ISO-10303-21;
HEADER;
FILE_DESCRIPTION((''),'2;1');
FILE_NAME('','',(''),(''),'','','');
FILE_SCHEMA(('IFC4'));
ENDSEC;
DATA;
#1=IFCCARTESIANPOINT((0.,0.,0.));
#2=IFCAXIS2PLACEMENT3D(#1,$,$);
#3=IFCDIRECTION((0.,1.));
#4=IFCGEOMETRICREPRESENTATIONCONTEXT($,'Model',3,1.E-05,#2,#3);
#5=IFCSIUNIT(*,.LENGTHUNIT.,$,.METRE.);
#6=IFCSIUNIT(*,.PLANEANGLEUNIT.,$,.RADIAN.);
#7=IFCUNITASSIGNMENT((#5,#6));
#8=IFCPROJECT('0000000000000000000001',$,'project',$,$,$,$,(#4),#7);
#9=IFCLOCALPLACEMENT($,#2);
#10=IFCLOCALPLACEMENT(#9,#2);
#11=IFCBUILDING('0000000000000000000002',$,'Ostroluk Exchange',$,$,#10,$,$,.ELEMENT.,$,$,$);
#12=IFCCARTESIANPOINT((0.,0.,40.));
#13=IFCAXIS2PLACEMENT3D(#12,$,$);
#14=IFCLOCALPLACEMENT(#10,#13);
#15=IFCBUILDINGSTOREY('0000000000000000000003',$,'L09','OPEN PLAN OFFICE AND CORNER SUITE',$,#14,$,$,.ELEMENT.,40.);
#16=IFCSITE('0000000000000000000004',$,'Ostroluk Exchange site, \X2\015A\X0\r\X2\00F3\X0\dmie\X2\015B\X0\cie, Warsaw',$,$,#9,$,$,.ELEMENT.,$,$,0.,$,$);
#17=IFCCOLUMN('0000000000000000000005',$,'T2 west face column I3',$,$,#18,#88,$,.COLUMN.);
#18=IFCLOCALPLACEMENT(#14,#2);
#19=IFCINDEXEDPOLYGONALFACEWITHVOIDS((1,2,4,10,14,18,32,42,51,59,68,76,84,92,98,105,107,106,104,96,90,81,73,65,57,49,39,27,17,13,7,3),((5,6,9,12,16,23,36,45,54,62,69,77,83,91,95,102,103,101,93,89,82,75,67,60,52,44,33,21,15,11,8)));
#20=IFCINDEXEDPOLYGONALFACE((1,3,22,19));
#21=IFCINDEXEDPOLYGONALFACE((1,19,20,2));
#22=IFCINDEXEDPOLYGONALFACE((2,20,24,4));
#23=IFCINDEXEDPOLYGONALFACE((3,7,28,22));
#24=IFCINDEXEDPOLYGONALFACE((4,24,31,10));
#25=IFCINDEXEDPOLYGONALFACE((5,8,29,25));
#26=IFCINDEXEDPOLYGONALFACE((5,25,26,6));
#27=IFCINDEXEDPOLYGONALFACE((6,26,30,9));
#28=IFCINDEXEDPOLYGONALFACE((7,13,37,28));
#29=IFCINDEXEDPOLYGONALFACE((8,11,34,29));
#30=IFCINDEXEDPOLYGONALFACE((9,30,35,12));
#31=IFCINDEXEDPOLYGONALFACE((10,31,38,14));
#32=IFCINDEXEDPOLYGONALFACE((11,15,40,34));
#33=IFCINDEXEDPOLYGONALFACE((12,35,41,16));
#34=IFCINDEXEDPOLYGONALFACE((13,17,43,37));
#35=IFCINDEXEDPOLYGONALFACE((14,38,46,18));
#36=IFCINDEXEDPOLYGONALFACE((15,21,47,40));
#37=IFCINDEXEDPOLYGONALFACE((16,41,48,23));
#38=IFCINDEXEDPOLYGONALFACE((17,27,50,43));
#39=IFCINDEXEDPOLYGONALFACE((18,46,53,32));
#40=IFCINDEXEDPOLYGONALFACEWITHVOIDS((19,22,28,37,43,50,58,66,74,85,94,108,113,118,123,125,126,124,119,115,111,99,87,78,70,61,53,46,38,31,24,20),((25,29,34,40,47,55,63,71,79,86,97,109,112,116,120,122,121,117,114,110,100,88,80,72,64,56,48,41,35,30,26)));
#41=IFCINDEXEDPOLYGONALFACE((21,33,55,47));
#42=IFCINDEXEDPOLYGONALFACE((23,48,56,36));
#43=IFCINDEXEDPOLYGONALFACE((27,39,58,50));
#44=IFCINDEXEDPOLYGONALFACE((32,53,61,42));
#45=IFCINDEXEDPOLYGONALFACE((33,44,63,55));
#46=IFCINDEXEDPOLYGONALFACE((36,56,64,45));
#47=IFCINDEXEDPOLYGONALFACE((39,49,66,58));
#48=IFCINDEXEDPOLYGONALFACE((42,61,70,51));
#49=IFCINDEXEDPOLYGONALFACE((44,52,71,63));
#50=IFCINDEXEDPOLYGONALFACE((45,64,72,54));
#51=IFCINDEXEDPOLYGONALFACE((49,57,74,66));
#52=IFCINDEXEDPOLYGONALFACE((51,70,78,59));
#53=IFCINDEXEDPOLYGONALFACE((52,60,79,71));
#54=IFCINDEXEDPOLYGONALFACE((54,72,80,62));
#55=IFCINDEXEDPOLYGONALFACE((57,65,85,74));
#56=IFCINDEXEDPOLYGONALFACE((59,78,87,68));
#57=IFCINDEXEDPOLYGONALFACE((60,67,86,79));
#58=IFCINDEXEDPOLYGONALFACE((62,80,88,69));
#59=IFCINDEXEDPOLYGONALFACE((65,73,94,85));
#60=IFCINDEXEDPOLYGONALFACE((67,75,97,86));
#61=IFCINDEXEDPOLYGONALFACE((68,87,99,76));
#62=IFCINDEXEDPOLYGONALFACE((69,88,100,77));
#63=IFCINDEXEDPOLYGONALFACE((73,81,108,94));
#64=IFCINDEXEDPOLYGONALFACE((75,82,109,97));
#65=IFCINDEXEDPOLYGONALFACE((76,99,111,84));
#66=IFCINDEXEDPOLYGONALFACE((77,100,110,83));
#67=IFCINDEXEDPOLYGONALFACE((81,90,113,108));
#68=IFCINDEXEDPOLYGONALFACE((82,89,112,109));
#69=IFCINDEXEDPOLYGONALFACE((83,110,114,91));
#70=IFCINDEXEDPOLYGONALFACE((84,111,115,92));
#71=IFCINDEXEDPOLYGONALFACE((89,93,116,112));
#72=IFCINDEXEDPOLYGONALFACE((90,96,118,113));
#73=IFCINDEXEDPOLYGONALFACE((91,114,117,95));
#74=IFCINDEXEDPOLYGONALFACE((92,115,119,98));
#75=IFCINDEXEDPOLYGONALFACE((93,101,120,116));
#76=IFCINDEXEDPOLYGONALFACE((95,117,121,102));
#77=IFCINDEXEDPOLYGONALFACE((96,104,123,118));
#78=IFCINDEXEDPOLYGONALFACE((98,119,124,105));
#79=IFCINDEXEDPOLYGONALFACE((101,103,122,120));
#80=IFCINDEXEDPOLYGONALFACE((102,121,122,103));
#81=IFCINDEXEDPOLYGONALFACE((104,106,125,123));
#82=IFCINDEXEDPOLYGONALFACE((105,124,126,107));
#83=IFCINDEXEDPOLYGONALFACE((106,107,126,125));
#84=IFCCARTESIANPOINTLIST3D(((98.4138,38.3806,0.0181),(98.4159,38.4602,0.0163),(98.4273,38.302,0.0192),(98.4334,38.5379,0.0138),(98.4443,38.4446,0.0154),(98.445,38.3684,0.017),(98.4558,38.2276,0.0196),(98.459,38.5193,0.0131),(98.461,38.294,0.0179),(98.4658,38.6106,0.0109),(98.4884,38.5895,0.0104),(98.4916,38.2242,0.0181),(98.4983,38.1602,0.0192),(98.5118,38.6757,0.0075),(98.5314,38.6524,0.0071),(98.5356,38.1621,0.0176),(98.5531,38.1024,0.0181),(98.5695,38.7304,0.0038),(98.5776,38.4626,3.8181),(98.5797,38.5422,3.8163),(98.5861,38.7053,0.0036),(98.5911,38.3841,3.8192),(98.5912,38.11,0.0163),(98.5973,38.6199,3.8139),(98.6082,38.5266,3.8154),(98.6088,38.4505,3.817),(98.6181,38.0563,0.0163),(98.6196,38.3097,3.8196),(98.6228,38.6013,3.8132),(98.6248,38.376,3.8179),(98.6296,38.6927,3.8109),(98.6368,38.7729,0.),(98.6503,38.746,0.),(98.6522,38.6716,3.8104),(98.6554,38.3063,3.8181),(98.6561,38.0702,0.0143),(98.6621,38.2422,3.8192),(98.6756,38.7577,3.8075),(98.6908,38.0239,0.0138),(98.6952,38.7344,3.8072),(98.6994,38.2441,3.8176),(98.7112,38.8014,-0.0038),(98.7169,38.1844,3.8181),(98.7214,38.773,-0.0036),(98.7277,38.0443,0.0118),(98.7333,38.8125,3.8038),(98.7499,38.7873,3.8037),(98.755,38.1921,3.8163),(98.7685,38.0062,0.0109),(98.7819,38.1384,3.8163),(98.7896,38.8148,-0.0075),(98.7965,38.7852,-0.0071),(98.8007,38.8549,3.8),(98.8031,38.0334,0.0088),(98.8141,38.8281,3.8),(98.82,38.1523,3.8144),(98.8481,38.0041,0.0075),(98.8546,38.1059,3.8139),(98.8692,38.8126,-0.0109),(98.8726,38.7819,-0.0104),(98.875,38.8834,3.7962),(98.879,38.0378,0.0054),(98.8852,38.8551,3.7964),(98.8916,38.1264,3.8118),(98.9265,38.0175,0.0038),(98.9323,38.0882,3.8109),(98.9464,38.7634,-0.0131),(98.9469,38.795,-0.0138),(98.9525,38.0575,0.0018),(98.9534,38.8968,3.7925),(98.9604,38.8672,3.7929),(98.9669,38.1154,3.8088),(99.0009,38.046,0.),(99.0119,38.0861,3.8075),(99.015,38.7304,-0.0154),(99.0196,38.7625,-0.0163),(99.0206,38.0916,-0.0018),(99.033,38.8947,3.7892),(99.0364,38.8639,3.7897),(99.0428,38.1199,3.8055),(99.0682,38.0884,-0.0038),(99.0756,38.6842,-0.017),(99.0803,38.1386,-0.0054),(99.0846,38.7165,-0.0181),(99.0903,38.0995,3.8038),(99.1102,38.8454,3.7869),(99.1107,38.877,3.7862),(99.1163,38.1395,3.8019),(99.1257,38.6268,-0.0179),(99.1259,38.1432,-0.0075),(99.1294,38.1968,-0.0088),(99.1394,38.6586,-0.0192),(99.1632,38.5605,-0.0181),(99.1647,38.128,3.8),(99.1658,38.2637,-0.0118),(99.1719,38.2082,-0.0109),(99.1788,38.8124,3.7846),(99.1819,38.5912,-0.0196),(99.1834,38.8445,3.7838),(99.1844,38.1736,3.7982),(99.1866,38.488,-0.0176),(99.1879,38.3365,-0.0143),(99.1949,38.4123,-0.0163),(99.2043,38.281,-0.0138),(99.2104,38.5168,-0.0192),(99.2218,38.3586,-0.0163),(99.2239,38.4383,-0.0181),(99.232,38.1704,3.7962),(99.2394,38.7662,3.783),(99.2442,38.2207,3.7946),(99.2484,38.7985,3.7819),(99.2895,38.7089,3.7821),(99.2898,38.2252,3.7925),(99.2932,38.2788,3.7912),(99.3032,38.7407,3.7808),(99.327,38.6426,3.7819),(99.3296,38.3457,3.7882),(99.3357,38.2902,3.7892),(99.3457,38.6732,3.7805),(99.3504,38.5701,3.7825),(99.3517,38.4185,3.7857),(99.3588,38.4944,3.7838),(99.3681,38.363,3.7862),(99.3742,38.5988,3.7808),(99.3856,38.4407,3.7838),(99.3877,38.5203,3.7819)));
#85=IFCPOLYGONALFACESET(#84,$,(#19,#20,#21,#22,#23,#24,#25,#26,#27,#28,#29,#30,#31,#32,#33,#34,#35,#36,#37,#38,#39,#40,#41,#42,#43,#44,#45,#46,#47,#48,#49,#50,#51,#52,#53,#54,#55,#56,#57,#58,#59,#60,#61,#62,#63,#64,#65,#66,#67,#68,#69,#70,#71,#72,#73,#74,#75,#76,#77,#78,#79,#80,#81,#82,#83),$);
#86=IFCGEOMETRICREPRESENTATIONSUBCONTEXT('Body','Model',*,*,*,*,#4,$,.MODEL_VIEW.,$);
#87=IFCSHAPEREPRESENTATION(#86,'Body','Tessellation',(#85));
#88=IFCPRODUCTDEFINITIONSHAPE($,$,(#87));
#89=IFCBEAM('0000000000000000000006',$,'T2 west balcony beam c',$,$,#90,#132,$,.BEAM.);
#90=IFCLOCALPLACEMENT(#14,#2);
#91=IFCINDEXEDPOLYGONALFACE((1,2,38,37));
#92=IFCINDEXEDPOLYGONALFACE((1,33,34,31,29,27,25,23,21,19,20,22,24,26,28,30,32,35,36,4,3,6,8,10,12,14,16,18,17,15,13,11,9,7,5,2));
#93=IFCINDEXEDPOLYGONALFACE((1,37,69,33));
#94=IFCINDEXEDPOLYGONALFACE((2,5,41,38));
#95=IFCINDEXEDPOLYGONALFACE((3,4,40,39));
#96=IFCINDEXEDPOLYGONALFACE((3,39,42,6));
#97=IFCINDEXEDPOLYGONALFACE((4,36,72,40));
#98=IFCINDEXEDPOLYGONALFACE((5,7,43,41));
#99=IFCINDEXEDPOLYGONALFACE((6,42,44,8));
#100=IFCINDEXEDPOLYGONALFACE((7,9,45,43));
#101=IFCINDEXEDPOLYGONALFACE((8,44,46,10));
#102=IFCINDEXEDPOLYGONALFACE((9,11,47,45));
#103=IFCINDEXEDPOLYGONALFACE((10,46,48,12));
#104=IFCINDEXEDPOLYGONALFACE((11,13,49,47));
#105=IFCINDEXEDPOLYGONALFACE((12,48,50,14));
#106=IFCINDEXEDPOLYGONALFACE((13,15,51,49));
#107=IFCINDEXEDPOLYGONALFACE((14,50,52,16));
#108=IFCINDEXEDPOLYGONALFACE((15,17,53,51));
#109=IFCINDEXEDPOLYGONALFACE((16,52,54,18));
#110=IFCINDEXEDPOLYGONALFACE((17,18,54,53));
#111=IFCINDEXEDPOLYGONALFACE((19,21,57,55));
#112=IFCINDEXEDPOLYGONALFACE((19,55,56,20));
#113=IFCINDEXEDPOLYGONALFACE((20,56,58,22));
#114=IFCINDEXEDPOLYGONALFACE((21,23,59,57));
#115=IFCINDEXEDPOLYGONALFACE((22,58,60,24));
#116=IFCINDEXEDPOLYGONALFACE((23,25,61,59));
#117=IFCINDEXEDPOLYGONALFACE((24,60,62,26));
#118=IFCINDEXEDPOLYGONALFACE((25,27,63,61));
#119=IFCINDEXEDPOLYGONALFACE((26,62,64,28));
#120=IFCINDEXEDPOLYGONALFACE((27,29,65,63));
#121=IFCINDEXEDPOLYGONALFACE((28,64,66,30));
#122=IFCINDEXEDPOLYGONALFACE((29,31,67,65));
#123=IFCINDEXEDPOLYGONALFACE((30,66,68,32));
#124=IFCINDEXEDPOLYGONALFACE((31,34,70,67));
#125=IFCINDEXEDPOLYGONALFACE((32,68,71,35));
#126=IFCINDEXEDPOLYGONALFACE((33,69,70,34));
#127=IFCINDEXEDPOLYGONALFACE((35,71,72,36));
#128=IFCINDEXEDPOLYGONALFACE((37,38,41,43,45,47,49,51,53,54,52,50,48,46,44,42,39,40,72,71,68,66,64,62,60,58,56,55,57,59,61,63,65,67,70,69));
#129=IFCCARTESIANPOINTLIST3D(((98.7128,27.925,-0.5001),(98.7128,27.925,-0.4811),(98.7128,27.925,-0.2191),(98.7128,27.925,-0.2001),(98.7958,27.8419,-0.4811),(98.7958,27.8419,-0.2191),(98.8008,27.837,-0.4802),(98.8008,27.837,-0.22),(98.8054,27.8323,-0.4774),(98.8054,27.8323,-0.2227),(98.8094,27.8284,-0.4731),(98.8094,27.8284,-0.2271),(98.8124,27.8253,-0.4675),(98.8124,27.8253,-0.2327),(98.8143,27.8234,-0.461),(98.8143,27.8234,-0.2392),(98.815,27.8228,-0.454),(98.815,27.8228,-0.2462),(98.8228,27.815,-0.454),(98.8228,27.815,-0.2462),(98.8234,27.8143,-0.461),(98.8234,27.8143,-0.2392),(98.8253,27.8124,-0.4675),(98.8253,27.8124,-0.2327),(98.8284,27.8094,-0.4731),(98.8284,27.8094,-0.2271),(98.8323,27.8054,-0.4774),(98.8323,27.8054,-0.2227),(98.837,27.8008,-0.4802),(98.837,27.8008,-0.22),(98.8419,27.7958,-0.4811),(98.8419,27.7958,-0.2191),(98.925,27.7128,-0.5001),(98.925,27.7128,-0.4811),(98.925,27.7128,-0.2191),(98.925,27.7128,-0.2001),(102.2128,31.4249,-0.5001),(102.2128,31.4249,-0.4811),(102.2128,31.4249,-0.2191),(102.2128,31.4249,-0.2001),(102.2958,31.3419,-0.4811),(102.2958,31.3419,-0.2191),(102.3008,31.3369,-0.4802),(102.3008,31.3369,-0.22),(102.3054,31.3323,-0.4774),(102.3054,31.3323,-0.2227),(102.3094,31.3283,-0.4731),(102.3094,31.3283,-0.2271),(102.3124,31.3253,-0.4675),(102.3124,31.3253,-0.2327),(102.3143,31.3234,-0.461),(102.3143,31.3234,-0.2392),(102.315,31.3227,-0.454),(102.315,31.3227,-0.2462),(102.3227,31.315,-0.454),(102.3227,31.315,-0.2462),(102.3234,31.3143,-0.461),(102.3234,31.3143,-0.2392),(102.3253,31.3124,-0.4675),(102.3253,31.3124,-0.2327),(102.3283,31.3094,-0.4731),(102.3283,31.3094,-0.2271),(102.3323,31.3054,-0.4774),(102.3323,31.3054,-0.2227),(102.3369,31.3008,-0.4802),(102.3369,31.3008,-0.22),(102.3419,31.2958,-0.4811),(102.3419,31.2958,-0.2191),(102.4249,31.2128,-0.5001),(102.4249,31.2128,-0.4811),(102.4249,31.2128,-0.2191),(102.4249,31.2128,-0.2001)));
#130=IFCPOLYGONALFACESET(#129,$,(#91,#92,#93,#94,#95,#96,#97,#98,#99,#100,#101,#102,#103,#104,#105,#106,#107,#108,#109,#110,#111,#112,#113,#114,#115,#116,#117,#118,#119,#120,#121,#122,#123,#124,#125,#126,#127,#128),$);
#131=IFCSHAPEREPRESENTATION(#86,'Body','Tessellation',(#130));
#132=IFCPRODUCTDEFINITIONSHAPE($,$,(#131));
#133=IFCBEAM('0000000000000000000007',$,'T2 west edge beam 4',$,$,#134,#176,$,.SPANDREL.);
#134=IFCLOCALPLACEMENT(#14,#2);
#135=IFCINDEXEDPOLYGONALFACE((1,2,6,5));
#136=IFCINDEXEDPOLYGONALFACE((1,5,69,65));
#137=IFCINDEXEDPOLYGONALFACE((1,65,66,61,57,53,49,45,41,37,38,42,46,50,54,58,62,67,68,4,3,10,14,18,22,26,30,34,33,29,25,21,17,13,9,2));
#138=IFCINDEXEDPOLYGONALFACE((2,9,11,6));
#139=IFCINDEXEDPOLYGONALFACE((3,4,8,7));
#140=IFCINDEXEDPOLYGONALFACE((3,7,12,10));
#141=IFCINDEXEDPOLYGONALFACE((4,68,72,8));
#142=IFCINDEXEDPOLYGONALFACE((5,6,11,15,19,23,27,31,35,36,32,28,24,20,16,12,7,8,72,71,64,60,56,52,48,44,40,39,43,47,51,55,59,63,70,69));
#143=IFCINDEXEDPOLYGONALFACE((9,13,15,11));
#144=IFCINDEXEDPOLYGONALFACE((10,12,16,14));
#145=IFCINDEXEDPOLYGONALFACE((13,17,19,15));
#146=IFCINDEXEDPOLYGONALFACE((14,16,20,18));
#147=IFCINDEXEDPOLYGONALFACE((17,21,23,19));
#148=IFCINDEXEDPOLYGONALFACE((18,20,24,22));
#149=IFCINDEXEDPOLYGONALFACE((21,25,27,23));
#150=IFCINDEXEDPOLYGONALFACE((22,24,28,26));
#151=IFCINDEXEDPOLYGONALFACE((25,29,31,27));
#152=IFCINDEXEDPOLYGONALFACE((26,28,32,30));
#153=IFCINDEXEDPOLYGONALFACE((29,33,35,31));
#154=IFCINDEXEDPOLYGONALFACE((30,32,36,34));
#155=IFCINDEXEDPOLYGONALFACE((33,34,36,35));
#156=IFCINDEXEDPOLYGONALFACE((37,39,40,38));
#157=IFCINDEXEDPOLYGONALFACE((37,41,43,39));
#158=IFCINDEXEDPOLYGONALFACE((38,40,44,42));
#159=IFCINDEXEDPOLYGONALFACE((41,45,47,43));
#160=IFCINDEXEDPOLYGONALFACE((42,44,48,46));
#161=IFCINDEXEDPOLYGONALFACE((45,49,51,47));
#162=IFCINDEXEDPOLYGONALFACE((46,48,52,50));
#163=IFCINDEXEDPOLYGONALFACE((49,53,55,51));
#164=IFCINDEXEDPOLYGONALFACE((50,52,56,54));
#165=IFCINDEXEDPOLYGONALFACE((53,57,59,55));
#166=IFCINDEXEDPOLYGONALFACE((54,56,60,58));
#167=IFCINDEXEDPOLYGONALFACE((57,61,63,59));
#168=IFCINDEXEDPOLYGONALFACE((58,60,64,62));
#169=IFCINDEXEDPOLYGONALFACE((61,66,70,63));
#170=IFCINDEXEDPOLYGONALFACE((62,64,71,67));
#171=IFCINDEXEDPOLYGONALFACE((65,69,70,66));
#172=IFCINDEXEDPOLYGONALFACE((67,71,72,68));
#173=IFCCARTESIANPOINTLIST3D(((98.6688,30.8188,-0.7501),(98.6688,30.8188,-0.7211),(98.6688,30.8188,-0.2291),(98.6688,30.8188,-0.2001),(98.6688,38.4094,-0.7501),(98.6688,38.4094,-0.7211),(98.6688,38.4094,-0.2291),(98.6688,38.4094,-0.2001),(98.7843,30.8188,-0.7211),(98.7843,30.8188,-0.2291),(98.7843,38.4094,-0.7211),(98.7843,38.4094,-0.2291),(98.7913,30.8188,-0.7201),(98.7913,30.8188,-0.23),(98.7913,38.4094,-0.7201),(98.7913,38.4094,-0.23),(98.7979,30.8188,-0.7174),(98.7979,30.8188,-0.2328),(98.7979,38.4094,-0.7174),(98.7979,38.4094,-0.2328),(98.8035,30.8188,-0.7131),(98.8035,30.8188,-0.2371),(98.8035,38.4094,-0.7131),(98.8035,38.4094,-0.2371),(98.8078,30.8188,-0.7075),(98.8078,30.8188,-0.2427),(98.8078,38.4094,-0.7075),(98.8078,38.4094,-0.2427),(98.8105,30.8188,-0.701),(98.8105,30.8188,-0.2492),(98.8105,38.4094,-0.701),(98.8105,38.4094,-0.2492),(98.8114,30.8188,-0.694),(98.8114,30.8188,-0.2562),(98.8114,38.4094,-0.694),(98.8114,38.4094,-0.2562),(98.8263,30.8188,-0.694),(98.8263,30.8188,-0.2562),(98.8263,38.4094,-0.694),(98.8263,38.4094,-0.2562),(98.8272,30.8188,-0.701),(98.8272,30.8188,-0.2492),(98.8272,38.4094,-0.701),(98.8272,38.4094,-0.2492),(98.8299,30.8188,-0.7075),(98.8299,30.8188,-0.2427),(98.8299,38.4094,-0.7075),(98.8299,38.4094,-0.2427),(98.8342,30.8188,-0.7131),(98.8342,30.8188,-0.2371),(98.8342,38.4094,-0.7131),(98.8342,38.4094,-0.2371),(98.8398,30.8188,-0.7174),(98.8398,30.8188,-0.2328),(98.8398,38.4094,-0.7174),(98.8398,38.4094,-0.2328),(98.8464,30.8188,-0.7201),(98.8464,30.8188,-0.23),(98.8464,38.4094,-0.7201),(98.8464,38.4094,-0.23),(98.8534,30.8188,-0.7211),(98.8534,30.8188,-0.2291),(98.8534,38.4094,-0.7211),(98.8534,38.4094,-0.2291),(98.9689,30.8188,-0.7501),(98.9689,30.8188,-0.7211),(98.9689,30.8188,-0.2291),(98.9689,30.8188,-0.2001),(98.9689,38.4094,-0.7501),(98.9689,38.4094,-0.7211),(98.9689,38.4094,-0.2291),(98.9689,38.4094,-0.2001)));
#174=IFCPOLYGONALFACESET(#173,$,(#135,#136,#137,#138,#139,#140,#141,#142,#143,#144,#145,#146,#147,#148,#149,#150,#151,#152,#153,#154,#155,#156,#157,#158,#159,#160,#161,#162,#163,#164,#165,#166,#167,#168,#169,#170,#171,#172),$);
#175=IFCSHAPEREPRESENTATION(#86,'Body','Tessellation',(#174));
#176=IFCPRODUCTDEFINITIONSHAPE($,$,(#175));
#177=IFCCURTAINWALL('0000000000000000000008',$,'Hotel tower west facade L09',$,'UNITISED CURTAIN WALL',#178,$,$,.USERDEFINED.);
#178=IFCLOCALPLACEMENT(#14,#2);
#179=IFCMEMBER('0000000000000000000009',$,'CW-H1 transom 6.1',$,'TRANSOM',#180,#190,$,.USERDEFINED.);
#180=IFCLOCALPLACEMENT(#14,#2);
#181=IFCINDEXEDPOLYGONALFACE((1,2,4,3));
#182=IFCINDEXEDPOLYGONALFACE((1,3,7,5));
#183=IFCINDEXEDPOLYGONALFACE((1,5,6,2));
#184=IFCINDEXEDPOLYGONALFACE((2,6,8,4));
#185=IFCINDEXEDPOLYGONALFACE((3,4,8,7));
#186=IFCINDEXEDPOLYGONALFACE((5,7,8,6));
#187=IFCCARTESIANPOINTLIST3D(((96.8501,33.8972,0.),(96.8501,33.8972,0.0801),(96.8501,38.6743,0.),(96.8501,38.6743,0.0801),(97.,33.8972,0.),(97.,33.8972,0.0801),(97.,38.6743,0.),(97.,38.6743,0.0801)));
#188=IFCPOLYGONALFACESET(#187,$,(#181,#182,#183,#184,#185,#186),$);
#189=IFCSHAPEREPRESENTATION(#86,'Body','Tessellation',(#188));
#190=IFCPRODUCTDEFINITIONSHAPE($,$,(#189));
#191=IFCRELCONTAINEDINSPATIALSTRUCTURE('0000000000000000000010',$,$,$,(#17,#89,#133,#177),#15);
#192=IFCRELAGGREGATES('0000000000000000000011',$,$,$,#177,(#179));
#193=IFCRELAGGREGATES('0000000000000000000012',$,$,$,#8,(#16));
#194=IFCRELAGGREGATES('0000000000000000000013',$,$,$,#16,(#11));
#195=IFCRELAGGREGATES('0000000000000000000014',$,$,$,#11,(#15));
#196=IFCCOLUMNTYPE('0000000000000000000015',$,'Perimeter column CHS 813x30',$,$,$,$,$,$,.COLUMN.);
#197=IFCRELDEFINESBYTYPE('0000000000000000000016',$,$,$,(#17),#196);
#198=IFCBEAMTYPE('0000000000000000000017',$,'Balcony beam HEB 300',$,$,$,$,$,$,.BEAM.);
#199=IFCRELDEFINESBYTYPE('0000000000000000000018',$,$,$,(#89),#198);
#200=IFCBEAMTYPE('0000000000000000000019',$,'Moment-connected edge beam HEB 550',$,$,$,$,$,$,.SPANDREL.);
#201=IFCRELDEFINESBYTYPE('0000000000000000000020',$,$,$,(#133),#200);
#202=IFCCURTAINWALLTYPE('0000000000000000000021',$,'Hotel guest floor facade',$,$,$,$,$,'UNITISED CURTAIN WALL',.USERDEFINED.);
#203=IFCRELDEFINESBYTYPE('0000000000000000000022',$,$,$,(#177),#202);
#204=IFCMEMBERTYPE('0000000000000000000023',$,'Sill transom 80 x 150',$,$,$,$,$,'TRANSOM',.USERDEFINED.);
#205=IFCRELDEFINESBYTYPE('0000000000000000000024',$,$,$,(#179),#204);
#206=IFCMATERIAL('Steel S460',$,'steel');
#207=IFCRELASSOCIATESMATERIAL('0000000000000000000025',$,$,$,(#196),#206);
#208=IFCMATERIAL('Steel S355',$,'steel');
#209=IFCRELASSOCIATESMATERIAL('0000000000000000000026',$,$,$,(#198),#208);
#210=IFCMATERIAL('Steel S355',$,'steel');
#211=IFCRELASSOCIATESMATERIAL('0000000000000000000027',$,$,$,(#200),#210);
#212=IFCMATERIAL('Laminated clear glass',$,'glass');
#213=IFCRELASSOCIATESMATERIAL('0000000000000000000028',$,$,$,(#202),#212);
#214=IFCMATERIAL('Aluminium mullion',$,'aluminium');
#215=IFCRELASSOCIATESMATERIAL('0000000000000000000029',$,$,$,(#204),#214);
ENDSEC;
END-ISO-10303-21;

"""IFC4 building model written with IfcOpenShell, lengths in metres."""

from ifc_helpers import new_model, si_unit, direction, frame, origin, origin_2d, place, context, subcontext, project, spatial, rectangle, hollow_circle, i_section, extrude, material, material_profile, profile_set, type_object, element, aggregate, save


model = new_model("IFC4")

# Units and contexts
model_context = context("Model", 3, precision=1e-05, world=origin(), true_north=direction((0.0, 1.0)))
body_context = subcontext(model_context, "Body", "Model", "MODEL_VIEW")
ifc_project = project(units=[si_unit("LENGTHUNIT", "METRE"), si_unit("PLANEANGLEUNIT", "RADIAN")], contexts=[model_context])

# Site, building, storey
site_placement = place(None, origin())
site = spatial("IfcSite", under=ifc_project, at=site_placement, Name="Ostroluk Exchange site, Śródmieście, Warsaw", CompositionType="ELEMENT", RefElevation=0.0)
building_placement = place(site_placement, origin())
building = spatial("IfcBuilding", under=site, at=building_placement, Name="Ostroluk Exchange", CompositionType="ELEMENT")
storey_placement = place(building_placement, frame((0.0, 0.0, 40.0)))
storey = spatial("IfcBuildingStorey", under=building, at=storey_placement, Name="L09", Description="OPEN PLAN OFFICE AND CORNER SUITE", CompositionType="ELEMENT", Elevation=40.0)

# Column
ifc_material_1 = material(Name="Steel S460", Category="steel")
ifc_material_profile_1 = material_profile(ifc_material_1, hollow_circle(Radius=0.4065, WallThickness=0.03, at=origin_2d()), Name="CHS 813x30")
ifc_profile_set_1 = profile_set([ifc_material_profile_1], Name="Steel S460")
column_type = type_object("IfcColumnType", Name="Perimeter column CHS 813x30", PredefinedType="COLUMN", material=ifc_profile_set_1)
column_placement = place(storey_placement, frame((98.8188, 38.4094, 0.0), z_axis=(0.04306, 0.021562, 0.99884), x_axis=(-0.447747, 0.894161, 0.0)))
element("IfcColumn", 1, at=column_placement, inside=storey, type_object=column_type, Name="T2 west face column I3", PredefinedType="COLUMN", context=body_context, shape_type="SweptSolid", body=[
    extrude(hollow_circle(Radius=0.4065, WallThickness=0.03, at=origin_2d()), origin(), (0.0, 0.0, 1.0), 3.8044),
])

# Beams
ifc_material_2 = material(Name="Steel S355", Category="steel")
ifc_material_profile_2 = material_profile(ifc_material_2, i_section(OverallWidth=0.3, OverallDepth=0.3, WebThickness=0.011, FlangeThickness=0.019, FilletRadius=0.0271, at=origin_2d()), Name="HEB 300")
ifc_profile_set_2 = profile_set([ifc_material_profile_2], Name="Steel S355")
beam_type_1 = type_object("IfcBeamType", Name="Balcony beam HEB 300", PredefinedType="BEAM", material=ifc_profile_set_2)
beam_1_placement = place(storey_placement, frame((102.3188, 31.3188, -0.3501), z_axis=(-0.707107, -0.707107, 0.0), x_axis=(0.707107, -0.707107, 0.0)))
element("IfcBeam", 2, at=beam_1_placement, inside=storey, type_object=beam_type_1, Name="T2 west balcony beam c", PredefinedType="BEAM", context=body_context, shape_type="SweptSolid", body=[
    extrude(i_section(OverallWidth=0.3, OverallDepth=0.3, WebThickness=0.011, FlangeThickness=0.019, FilletRadius=0.0271, at=origin_2d()), origin(), (0.0, 0.0, 1.0), 4.9497),
])
ifc_material_3 = material(Name="Steel S355", Category="steel")
ifc_material_profile_3 = material_profile(ifc_material_3, i_section(OverallWidth=0.3, OverallDepth=0.55, WebThickness=0.0149, FlangeThickness=0.0291, FilletRadius=0.0271, at=origin_2d()), Name="HEB 550")
ifc_profile_set_3 = profile_set([ifc_material_profile_3], Name="Steel S355")
beam_type_2 = type_object("IfcBeamType", Name="Moment-connected edge beam HEB 550", PredefinedType="SPANDREL", material=ifc_profile_set_3)
beam_2_placement = place(storey_placement, frame((98.8188, 38.4094, -0.4751), z_axis=(0.0, -1.0, 0.0), x_axis=(1.0, 0.0, 0.0)))
element("IfcBeam", 3, at=beam_2_placement, inside=storey, type_object=beam_type_2, Name="T2 west edge beam 4", PredefinedType="SPANDREL", context=body_context, shape_type="SweptSolid", body=[
    extrude(i_section(OverallWidth=0.3, OverallDepth=0.55, WebThickness=0.0149, FlangeThickness=0.0291, FilletRadius=0.0271, at=origin_2d()), origin(), (0.0, 0.0, 1.0), 7.5906),
])

# Curtain wall, member
ifc_material_4 = material(Name="Laminated clear glass", Category="glass")
curtain_wall_type = type_object("IfcCurtainWallType", Name="Hotel guest floor facade", ElementType="UNITISED CURTAIN WALL", PredefinedType="USERDEFINED", material=ifc_material_4)
curtain_wall_placement = place(storey_placement, origin())
curtain_wall = element("IfcCurtainWall", 4, at=curtain_wall_placement, inside=storey, type_object=curtain_wall_type, Name="Hotel tower west facade L09", ObjectType="UNITISED CURTAIN WALL", PredefinedType="USERDEFINED")
ifc_material_5 = material(Name="Aluminium mullion", Category="aluminium")
ifc_material_profile_4 = material_profile(ifc_material_5, rectangle(XDim=0.1499, YDim=0.0801, at=origin_2d()), Name="Sill transom 80 x 150")
ifc_profile_set_4 = profile_set([ifc_material_profile_4], Name="Aluminium mullion")
member_type = type_object("IfcMemberType", Name="Sill transom 80 x 150", ElementType="TRANSOM", PredefinedType="USERDEFINED", material=ifc_profile_set_4)
member_1_placement = place(storey_placement, frame((96.925, 38.6743, 0.04), z_axis=(0.0, -1.0, 0.0), x_axis=(1.0, 0.0, 0.0)))
member_1 = element("IfcMember", 5, at=member_1_placement, type_object=member_type, Name="CW-H1 transom 6.1", ObjectType="TRANSOM", PredefinedType="USERDEFINED", context=body_context, shape_type="SweptSolid", body=[
    extrude(rectangle(XDim=0.1499, YDim=0.0801, at=origin_2d()), origin(), (0.0, 0.0, 1.0), 4.7771),
])
aggregate(curtain_wall, [member_1])

save(model, "model.ifc")
